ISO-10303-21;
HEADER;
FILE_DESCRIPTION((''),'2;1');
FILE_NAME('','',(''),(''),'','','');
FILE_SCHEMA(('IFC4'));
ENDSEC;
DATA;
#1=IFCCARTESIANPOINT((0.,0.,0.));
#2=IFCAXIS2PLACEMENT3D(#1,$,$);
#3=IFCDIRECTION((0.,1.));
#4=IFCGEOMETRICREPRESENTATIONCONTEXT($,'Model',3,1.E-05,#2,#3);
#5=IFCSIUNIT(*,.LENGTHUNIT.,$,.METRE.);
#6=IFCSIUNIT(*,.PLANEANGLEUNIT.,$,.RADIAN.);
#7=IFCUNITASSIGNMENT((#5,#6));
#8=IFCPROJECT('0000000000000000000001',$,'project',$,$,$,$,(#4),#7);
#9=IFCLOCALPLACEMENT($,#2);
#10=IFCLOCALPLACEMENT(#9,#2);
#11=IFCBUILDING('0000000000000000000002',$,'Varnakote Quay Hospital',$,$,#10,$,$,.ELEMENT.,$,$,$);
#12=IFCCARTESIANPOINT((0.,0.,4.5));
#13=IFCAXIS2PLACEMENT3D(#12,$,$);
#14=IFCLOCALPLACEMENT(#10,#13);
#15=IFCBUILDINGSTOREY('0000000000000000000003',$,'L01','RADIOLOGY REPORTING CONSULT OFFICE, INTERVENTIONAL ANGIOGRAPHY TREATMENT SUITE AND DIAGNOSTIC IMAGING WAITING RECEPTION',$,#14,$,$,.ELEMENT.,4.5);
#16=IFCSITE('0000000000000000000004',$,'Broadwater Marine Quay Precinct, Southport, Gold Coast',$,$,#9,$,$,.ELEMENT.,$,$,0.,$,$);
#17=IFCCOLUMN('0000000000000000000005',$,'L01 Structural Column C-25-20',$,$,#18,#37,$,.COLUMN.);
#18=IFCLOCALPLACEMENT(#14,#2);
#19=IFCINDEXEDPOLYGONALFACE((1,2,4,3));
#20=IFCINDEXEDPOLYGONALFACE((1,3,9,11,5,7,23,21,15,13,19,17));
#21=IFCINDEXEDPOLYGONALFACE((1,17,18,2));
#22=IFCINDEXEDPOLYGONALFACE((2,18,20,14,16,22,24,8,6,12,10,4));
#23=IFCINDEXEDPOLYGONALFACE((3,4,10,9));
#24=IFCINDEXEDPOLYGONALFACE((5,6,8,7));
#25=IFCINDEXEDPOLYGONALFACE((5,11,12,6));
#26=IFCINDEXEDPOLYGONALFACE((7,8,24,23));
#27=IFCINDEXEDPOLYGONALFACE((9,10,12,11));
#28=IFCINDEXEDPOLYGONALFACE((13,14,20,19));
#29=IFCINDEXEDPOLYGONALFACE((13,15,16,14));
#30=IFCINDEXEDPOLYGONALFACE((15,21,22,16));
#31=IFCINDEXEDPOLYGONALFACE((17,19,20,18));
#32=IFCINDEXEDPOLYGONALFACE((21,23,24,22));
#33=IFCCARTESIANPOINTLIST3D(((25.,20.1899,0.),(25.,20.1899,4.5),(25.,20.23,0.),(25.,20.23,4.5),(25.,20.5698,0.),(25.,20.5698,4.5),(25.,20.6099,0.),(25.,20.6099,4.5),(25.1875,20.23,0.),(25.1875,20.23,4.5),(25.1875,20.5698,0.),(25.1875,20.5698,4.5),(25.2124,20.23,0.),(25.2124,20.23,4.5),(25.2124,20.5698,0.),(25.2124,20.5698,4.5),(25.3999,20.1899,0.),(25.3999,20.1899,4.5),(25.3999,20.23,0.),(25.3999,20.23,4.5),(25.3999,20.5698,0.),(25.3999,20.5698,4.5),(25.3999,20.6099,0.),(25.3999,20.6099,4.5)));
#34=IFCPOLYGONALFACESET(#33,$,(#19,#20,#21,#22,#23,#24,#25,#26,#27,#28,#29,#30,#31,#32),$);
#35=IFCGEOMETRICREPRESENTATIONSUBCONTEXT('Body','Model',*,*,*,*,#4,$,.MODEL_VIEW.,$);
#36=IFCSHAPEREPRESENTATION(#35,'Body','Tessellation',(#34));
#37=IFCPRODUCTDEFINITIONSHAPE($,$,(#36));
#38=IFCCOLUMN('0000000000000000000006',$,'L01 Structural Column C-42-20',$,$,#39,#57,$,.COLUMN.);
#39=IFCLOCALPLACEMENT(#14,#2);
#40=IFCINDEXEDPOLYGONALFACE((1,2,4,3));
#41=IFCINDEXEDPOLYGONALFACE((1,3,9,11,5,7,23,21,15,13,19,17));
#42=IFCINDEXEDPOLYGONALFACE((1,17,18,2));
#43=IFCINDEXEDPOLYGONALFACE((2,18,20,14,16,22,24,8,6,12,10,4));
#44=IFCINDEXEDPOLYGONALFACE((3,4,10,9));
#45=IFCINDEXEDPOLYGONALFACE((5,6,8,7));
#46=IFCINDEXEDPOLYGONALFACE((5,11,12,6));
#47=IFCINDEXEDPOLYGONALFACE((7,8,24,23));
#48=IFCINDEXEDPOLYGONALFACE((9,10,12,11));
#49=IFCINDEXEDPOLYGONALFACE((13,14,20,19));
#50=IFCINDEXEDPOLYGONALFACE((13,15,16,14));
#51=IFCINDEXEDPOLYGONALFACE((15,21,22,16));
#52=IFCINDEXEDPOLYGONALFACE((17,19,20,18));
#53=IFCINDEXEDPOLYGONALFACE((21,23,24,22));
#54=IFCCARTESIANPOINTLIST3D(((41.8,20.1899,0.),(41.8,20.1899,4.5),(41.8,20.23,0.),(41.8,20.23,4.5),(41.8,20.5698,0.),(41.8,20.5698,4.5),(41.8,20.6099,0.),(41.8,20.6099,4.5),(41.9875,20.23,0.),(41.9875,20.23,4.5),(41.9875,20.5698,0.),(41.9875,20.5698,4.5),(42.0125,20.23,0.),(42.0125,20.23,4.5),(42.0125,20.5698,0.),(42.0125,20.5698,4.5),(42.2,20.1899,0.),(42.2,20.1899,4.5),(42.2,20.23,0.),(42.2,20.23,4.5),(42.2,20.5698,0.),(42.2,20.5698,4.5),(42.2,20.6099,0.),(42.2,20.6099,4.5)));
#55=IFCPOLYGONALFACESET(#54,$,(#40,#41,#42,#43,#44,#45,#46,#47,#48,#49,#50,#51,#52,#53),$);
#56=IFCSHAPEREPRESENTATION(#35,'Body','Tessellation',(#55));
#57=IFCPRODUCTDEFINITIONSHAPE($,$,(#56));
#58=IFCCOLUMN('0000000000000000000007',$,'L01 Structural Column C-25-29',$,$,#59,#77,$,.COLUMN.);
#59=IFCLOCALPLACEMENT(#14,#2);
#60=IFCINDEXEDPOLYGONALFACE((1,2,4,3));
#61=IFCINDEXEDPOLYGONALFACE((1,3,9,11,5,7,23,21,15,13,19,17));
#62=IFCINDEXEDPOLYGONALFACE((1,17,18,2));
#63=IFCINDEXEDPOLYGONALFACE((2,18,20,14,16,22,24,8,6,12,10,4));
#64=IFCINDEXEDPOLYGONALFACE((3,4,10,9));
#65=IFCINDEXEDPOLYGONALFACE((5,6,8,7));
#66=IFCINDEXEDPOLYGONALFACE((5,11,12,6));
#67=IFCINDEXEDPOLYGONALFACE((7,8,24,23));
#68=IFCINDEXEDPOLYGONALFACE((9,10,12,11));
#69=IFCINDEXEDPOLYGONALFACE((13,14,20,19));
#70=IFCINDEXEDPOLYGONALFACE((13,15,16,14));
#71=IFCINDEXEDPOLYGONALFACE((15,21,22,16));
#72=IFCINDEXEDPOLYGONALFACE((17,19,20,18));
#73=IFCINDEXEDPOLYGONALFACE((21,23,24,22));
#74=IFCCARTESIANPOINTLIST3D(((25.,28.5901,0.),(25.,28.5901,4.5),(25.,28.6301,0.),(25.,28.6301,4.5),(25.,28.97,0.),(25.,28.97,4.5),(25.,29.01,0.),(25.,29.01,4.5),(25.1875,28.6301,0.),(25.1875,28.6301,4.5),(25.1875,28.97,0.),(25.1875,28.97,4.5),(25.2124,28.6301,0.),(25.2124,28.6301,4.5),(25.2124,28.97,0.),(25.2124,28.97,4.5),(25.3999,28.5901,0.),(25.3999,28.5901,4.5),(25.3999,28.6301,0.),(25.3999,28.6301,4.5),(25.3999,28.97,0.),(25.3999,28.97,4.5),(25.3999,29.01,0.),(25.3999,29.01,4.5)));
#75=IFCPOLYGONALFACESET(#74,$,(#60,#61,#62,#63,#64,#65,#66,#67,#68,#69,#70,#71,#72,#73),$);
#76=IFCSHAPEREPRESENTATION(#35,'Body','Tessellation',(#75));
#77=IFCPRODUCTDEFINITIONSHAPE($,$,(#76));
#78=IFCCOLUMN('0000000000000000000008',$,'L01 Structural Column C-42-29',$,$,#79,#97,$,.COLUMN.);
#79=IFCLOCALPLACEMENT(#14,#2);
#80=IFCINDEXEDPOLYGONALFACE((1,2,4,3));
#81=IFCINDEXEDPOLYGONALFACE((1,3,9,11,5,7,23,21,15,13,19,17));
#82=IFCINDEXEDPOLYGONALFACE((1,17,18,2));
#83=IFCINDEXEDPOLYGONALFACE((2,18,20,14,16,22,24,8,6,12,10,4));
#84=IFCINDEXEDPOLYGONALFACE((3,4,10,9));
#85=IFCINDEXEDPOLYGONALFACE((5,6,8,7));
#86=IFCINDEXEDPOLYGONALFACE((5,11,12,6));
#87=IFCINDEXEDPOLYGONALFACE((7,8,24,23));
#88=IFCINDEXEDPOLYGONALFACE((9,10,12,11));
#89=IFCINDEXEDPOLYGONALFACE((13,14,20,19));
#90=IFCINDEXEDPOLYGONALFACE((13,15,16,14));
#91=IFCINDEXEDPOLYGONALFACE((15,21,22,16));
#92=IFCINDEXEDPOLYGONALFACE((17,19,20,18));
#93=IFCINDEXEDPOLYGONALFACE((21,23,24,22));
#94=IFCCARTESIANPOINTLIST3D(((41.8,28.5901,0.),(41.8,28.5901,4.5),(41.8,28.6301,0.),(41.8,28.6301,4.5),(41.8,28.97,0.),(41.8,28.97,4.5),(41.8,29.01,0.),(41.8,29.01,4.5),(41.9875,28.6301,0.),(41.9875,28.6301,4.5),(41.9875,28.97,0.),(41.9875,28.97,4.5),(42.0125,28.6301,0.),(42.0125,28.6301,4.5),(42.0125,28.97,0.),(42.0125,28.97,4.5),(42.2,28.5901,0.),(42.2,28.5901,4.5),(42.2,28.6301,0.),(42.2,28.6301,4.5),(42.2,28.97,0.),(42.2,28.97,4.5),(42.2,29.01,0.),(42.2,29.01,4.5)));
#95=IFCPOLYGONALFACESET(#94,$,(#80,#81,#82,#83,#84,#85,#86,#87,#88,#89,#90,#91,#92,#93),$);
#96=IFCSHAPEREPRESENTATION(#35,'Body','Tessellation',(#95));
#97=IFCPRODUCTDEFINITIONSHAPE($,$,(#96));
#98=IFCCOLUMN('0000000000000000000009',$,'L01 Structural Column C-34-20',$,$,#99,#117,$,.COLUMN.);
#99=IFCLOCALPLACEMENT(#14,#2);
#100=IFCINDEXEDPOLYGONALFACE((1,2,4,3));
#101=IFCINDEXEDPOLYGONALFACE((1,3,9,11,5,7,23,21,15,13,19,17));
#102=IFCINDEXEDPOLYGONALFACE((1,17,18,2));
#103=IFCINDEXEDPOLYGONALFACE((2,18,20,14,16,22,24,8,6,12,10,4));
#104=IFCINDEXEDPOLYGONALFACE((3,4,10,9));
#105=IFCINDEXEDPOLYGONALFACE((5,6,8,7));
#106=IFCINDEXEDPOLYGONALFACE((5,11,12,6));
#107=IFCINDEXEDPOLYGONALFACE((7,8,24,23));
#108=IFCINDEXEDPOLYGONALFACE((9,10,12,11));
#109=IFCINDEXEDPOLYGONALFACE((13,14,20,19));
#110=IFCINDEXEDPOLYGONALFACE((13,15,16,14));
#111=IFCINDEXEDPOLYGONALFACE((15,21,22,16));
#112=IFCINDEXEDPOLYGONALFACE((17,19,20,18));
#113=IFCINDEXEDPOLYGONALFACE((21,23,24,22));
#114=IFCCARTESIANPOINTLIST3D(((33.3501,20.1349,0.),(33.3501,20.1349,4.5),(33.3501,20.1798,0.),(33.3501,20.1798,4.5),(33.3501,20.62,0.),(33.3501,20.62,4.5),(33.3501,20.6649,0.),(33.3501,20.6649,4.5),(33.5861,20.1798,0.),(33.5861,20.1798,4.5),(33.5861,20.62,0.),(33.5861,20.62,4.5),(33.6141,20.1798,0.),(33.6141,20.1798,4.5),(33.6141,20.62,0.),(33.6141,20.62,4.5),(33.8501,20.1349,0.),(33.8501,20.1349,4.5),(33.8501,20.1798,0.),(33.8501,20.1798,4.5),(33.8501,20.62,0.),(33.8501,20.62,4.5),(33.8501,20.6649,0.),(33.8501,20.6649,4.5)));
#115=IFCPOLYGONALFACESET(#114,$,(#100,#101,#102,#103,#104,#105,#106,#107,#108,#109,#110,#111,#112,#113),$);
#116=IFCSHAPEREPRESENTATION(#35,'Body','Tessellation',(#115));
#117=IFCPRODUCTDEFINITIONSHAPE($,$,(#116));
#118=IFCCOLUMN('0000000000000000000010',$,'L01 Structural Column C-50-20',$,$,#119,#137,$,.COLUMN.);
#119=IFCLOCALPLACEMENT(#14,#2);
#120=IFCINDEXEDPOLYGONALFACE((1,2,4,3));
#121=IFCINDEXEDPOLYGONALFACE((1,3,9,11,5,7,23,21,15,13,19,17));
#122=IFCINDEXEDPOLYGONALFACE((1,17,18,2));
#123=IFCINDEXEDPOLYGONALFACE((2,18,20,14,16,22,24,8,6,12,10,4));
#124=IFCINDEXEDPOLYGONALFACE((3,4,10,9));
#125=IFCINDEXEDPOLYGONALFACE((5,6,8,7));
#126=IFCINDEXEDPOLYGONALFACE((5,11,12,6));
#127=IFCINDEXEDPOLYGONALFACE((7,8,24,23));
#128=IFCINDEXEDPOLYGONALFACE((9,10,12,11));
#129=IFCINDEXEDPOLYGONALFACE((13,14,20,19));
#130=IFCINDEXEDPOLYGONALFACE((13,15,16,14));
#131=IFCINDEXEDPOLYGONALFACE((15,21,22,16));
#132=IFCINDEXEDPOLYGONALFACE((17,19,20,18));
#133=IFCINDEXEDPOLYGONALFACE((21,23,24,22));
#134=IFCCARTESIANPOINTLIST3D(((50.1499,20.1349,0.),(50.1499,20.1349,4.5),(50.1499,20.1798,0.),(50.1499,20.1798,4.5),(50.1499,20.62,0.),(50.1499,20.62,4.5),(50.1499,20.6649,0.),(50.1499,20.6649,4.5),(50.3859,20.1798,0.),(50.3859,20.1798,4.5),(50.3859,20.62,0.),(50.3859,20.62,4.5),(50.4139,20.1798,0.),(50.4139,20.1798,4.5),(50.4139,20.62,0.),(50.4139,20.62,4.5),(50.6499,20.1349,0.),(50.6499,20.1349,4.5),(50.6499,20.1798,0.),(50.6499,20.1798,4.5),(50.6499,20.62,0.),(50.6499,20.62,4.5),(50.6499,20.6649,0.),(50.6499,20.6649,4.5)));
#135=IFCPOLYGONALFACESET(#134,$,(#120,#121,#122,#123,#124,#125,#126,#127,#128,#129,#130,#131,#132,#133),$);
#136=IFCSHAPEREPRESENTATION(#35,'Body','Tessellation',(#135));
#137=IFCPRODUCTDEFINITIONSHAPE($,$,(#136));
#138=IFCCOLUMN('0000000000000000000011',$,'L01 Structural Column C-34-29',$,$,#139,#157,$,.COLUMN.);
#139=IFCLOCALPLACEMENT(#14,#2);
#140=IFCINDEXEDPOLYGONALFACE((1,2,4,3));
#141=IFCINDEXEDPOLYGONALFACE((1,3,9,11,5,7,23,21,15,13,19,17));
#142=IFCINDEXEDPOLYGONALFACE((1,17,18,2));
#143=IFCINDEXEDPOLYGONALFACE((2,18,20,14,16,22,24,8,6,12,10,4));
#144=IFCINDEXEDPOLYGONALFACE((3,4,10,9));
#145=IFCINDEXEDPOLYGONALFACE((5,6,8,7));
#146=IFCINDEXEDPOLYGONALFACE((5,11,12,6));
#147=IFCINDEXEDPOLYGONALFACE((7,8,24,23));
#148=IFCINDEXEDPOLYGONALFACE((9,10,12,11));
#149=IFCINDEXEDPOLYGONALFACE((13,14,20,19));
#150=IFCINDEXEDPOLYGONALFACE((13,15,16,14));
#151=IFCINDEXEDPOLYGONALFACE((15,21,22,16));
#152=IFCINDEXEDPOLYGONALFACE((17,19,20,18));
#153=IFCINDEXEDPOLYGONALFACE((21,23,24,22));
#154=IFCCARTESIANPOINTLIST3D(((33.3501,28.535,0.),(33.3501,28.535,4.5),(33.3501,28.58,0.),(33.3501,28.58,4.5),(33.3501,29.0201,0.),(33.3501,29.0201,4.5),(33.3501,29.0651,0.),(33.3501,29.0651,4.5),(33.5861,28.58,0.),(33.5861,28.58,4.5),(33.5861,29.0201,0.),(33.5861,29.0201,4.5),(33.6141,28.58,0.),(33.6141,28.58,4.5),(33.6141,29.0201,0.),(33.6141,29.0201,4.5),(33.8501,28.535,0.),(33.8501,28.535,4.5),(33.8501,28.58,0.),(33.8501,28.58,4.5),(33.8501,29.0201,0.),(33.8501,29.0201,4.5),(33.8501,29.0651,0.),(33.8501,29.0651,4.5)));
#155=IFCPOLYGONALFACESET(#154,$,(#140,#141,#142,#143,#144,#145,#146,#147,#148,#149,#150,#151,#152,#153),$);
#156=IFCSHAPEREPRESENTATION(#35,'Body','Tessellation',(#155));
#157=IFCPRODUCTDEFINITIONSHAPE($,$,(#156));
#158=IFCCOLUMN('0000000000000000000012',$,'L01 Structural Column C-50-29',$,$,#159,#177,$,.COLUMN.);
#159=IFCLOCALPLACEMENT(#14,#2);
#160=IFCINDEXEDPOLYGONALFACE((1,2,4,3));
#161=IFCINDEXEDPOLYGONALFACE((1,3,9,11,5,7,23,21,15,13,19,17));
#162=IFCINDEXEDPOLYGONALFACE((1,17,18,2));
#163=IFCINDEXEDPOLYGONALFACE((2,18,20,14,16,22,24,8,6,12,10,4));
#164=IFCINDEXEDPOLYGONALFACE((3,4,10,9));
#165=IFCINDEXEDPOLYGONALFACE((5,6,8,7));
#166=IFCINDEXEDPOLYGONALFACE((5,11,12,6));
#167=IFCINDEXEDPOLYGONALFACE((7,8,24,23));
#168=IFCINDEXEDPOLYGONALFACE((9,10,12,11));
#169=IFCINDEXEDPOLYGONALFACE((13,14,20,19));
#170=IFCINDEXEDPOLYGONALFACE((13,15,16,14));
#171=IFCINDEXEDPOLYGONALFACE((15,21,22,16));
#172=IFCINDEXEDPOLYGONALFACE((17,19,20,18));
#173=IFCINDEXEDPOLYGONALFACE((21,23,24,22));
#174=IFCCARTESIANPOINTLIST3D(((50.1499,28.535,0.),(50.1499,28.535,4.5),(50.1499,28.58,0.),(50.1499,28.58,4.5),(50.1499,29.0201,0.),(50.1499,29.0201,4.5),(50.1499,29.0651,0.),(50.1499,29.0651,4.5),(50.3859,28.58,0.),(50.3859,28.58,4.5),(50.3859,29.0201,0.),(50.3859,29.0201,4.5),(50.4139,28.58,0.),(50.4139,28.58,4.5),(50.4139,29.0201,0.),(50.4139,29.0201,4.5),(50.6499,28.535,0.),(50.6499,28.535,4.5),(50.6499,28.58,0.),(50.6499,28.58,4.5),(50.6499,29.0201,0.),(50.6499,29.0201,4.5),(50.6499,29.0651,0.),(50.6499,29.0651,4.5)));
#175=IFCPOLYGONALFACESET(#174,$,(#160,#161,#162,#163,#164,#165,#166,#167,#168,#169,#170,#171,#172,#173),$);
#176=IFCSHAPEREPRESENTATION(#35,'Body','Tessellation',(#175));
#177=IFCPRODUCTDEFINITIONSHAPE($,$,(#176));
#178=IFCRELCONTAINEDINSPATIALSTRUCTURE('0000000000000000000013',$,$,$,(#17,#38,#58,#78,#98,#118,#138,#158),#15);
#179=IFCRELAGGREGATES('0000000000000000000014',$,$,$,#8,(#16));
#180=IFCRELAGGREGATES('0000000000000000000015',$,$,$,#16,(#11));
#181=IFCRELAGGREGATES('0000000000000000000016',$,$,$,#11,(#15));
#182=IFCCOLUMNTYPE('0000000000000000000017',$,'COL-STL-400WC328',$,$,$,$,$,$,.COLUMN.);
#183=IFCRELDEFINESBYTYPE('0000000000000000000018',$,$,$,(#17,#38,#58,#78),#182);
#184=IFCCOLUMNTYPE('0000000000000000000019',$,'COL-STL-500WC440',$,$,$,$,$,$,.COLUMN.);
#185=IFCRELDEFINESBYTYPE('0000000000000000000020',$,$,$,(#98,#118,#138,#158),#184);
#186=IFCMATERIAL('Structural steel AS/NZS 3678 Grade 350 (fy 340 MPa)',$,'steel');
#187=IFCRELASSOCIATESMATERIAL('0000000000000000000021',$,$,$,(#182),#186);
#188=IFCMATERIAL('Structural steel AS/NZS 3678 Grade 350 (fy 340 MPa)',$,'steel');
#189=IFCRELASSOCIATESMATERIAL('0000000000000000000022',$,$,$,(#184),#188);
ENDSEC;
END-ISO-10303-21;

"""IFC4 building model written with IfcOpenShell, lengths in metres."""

from ifc_helpers import new_model, si_unit, direction, frame, origin, origin_2d, place, context, subcontext, project, spatial, i_section, extrude, material, material_profile, profile_set, type_object, element, save


model = new_model("IFC4")

# Units and contexts
model_context = context("Model", 3, precision=1e-05, world=origin(), true_north=direction((0.0, 1.0)))
body_context = subcontext(model_context, "Body", "Model", "MODEL_VIEW")
ifc_project = project(units=[si_unit("LENGTHUNIT", "METRE"), si_unit("PLANEANGLEUNIT", "RADIAN")], contexts=[model_context])

# Site, building, storey
site_placement = place(None, origin())
site = spatial("IfcSite", under=ifc_project, at=site_placement, Name="Broadwater Marine Quay Precinct, Southport, Gold Coast", CompositionType="ELEMENT", RefElevation=0.0)
building_placement = place(site_placement, origin())
building = spatial("IfcBuilding", under=site, at=building_placement, Name="Varnakote Quay Hospital", CompositionType="ELEMENT")
storey_placement = place(building_placement, frame((0.0, 0.0, 4.5)))
storey = spatial("IfcBuildingStorey", under=building, at=storey_placement, Name="L01", Description="RADIOLOGY REPORTING CONSULT OFFICE, INTERVENTIONAL ANGIOGRAPHY TREATMENT SUITE AND DIAGNOSTIC IMAGING WAITING RECEPTION", CompositionType="ELEMENT", Elevation=4.5)

# Columns
ifc_material_1 = material(Name="Structural steel AS/NZS 3678 Grade 350 (fy 340 MPa)", Category="steel")
ifc_material_profile_1 = material_profile(ifc_material_1, i_section(OverallWidth=0.3999, OverallDepth=0.4199, WebThickness=0.0249, FlangeThickness=0.04, at=origin_2d()), Name="400WC328")
ifc_profile_set_1 = profile_set([ifc_material_profile_1], Name="Structural steel AS/NZS 3678 Grade 350 (fy 340 MPa)")
column_type_1 = type_object("IfcColumnType", Name="COL-STL-400WC328", PredefinedType="COLUMN", material=ifc_profile_set_1)
for number, where, z_axis, x_axis, name in (
    (1, (25.2, 20.3999, 0.0), (0.0, 0.0, 1.0), (1.0, 0.0, 0.0), "L01 Structural Column C-25-20"),
    (2, (42.0, 20.3999, 0.0), (0.0, 0.0, 1.0), (1.0, 0.0, 0.0), "L01 Structural Column C-42-20"),
    (3, (25.2, 28.8, 0.0), (0.0, 0.0, 1.0), (1.0, 0.0, 0.0), "L01 Structural Column C-25-29"),
    (4, (42.0, 28.8, 0.0), (0.0, 0.0, 1.0), (1.0, 0.0, 0.0), "L01 Structural Column C-42-29"),
):
    element("IfcColumn", number, at=place(storey_placement, frame(where, z_axis=z_axis, x_axis=x_axis)), inside=storey, type_object=column_type_1, Name=name, PredefinedType="COLUMN", context=body_context, shape_type="SweptSolid", body=[
        extrude(i_section(OverallWidth=0.3999, OverallDepth=0.4199, WebThickness=0.0249, FlangeThickness=0.04, at=origin_2d()), origin(), (0.0, 0.0, 1.0), 4.5),
    ])
ifc_material_2 = material(Name="Structural steel AS/NZS 3678 Grade 350 (fy 340 MPa)", Category="steel")
ifc_material_profile_2 = material_profile(ifc_material_2, i_section(OverallWidth=0.5, OverallDepth=0.53, WebThickness=0.0281, FlangeThickness=0.0449, at=origin_2d()), Name="500WC440")
ifc_profile_set_2 = profile_set([ifc_material_profile_2], Name="Structural steel AS/NZS 3678 Grade 350 (fy 340 MPa)")
column_type_2 = type_object("IfcColumnType", Name="COL-STL-500WC440", PredefinedType="COLUMN", material=ifc_profile_set_2)
for number, where, z_axis, x_axis, name in (
    (5, (33.6001, 20.3999, 0.0), (0.0, 0.0, 1.0), (1.0, 0.0, 0.0), "L01 Structural Column C-34-20"),
    (6, (50.3999, 20.3999, 0.0), (0.0, 0.0, 1.0), (1.0, 0.0, 0.0), "L01 Structural Column C-50-20"),
    (7, (33.6001, 28.8, 0.0), (0.0, 0.0, 1.0), (1.0, 0.0, 0.0), "L01 Structural Column C-34-29"),
    (8, (50.3999, 28.8, 0.0), (0.0, 0.0, 1.0), (1.0, 0.0, 0.0), "L01 Structural Column C-50-29"),
):
    element("IfcColumn", number, at=place(storey_placement, frame(where, z_axis=z_axis, x_axis=x_axis)), inside=storey, type_object=column_type_2, Name=name, PredefinedType="COLUMN", context=body_context, shape_type="SweptSolid", body=[
        extrude(i_section(OverallWidth=0.5, OverallDepth=0.53, WebThickness=0.0281, FlangeThickness=0.0449, at=origin_2d()), origin(), (0.0, 0.0, 1.0), 4.5),
    ])

save(model, "model.ifc")
